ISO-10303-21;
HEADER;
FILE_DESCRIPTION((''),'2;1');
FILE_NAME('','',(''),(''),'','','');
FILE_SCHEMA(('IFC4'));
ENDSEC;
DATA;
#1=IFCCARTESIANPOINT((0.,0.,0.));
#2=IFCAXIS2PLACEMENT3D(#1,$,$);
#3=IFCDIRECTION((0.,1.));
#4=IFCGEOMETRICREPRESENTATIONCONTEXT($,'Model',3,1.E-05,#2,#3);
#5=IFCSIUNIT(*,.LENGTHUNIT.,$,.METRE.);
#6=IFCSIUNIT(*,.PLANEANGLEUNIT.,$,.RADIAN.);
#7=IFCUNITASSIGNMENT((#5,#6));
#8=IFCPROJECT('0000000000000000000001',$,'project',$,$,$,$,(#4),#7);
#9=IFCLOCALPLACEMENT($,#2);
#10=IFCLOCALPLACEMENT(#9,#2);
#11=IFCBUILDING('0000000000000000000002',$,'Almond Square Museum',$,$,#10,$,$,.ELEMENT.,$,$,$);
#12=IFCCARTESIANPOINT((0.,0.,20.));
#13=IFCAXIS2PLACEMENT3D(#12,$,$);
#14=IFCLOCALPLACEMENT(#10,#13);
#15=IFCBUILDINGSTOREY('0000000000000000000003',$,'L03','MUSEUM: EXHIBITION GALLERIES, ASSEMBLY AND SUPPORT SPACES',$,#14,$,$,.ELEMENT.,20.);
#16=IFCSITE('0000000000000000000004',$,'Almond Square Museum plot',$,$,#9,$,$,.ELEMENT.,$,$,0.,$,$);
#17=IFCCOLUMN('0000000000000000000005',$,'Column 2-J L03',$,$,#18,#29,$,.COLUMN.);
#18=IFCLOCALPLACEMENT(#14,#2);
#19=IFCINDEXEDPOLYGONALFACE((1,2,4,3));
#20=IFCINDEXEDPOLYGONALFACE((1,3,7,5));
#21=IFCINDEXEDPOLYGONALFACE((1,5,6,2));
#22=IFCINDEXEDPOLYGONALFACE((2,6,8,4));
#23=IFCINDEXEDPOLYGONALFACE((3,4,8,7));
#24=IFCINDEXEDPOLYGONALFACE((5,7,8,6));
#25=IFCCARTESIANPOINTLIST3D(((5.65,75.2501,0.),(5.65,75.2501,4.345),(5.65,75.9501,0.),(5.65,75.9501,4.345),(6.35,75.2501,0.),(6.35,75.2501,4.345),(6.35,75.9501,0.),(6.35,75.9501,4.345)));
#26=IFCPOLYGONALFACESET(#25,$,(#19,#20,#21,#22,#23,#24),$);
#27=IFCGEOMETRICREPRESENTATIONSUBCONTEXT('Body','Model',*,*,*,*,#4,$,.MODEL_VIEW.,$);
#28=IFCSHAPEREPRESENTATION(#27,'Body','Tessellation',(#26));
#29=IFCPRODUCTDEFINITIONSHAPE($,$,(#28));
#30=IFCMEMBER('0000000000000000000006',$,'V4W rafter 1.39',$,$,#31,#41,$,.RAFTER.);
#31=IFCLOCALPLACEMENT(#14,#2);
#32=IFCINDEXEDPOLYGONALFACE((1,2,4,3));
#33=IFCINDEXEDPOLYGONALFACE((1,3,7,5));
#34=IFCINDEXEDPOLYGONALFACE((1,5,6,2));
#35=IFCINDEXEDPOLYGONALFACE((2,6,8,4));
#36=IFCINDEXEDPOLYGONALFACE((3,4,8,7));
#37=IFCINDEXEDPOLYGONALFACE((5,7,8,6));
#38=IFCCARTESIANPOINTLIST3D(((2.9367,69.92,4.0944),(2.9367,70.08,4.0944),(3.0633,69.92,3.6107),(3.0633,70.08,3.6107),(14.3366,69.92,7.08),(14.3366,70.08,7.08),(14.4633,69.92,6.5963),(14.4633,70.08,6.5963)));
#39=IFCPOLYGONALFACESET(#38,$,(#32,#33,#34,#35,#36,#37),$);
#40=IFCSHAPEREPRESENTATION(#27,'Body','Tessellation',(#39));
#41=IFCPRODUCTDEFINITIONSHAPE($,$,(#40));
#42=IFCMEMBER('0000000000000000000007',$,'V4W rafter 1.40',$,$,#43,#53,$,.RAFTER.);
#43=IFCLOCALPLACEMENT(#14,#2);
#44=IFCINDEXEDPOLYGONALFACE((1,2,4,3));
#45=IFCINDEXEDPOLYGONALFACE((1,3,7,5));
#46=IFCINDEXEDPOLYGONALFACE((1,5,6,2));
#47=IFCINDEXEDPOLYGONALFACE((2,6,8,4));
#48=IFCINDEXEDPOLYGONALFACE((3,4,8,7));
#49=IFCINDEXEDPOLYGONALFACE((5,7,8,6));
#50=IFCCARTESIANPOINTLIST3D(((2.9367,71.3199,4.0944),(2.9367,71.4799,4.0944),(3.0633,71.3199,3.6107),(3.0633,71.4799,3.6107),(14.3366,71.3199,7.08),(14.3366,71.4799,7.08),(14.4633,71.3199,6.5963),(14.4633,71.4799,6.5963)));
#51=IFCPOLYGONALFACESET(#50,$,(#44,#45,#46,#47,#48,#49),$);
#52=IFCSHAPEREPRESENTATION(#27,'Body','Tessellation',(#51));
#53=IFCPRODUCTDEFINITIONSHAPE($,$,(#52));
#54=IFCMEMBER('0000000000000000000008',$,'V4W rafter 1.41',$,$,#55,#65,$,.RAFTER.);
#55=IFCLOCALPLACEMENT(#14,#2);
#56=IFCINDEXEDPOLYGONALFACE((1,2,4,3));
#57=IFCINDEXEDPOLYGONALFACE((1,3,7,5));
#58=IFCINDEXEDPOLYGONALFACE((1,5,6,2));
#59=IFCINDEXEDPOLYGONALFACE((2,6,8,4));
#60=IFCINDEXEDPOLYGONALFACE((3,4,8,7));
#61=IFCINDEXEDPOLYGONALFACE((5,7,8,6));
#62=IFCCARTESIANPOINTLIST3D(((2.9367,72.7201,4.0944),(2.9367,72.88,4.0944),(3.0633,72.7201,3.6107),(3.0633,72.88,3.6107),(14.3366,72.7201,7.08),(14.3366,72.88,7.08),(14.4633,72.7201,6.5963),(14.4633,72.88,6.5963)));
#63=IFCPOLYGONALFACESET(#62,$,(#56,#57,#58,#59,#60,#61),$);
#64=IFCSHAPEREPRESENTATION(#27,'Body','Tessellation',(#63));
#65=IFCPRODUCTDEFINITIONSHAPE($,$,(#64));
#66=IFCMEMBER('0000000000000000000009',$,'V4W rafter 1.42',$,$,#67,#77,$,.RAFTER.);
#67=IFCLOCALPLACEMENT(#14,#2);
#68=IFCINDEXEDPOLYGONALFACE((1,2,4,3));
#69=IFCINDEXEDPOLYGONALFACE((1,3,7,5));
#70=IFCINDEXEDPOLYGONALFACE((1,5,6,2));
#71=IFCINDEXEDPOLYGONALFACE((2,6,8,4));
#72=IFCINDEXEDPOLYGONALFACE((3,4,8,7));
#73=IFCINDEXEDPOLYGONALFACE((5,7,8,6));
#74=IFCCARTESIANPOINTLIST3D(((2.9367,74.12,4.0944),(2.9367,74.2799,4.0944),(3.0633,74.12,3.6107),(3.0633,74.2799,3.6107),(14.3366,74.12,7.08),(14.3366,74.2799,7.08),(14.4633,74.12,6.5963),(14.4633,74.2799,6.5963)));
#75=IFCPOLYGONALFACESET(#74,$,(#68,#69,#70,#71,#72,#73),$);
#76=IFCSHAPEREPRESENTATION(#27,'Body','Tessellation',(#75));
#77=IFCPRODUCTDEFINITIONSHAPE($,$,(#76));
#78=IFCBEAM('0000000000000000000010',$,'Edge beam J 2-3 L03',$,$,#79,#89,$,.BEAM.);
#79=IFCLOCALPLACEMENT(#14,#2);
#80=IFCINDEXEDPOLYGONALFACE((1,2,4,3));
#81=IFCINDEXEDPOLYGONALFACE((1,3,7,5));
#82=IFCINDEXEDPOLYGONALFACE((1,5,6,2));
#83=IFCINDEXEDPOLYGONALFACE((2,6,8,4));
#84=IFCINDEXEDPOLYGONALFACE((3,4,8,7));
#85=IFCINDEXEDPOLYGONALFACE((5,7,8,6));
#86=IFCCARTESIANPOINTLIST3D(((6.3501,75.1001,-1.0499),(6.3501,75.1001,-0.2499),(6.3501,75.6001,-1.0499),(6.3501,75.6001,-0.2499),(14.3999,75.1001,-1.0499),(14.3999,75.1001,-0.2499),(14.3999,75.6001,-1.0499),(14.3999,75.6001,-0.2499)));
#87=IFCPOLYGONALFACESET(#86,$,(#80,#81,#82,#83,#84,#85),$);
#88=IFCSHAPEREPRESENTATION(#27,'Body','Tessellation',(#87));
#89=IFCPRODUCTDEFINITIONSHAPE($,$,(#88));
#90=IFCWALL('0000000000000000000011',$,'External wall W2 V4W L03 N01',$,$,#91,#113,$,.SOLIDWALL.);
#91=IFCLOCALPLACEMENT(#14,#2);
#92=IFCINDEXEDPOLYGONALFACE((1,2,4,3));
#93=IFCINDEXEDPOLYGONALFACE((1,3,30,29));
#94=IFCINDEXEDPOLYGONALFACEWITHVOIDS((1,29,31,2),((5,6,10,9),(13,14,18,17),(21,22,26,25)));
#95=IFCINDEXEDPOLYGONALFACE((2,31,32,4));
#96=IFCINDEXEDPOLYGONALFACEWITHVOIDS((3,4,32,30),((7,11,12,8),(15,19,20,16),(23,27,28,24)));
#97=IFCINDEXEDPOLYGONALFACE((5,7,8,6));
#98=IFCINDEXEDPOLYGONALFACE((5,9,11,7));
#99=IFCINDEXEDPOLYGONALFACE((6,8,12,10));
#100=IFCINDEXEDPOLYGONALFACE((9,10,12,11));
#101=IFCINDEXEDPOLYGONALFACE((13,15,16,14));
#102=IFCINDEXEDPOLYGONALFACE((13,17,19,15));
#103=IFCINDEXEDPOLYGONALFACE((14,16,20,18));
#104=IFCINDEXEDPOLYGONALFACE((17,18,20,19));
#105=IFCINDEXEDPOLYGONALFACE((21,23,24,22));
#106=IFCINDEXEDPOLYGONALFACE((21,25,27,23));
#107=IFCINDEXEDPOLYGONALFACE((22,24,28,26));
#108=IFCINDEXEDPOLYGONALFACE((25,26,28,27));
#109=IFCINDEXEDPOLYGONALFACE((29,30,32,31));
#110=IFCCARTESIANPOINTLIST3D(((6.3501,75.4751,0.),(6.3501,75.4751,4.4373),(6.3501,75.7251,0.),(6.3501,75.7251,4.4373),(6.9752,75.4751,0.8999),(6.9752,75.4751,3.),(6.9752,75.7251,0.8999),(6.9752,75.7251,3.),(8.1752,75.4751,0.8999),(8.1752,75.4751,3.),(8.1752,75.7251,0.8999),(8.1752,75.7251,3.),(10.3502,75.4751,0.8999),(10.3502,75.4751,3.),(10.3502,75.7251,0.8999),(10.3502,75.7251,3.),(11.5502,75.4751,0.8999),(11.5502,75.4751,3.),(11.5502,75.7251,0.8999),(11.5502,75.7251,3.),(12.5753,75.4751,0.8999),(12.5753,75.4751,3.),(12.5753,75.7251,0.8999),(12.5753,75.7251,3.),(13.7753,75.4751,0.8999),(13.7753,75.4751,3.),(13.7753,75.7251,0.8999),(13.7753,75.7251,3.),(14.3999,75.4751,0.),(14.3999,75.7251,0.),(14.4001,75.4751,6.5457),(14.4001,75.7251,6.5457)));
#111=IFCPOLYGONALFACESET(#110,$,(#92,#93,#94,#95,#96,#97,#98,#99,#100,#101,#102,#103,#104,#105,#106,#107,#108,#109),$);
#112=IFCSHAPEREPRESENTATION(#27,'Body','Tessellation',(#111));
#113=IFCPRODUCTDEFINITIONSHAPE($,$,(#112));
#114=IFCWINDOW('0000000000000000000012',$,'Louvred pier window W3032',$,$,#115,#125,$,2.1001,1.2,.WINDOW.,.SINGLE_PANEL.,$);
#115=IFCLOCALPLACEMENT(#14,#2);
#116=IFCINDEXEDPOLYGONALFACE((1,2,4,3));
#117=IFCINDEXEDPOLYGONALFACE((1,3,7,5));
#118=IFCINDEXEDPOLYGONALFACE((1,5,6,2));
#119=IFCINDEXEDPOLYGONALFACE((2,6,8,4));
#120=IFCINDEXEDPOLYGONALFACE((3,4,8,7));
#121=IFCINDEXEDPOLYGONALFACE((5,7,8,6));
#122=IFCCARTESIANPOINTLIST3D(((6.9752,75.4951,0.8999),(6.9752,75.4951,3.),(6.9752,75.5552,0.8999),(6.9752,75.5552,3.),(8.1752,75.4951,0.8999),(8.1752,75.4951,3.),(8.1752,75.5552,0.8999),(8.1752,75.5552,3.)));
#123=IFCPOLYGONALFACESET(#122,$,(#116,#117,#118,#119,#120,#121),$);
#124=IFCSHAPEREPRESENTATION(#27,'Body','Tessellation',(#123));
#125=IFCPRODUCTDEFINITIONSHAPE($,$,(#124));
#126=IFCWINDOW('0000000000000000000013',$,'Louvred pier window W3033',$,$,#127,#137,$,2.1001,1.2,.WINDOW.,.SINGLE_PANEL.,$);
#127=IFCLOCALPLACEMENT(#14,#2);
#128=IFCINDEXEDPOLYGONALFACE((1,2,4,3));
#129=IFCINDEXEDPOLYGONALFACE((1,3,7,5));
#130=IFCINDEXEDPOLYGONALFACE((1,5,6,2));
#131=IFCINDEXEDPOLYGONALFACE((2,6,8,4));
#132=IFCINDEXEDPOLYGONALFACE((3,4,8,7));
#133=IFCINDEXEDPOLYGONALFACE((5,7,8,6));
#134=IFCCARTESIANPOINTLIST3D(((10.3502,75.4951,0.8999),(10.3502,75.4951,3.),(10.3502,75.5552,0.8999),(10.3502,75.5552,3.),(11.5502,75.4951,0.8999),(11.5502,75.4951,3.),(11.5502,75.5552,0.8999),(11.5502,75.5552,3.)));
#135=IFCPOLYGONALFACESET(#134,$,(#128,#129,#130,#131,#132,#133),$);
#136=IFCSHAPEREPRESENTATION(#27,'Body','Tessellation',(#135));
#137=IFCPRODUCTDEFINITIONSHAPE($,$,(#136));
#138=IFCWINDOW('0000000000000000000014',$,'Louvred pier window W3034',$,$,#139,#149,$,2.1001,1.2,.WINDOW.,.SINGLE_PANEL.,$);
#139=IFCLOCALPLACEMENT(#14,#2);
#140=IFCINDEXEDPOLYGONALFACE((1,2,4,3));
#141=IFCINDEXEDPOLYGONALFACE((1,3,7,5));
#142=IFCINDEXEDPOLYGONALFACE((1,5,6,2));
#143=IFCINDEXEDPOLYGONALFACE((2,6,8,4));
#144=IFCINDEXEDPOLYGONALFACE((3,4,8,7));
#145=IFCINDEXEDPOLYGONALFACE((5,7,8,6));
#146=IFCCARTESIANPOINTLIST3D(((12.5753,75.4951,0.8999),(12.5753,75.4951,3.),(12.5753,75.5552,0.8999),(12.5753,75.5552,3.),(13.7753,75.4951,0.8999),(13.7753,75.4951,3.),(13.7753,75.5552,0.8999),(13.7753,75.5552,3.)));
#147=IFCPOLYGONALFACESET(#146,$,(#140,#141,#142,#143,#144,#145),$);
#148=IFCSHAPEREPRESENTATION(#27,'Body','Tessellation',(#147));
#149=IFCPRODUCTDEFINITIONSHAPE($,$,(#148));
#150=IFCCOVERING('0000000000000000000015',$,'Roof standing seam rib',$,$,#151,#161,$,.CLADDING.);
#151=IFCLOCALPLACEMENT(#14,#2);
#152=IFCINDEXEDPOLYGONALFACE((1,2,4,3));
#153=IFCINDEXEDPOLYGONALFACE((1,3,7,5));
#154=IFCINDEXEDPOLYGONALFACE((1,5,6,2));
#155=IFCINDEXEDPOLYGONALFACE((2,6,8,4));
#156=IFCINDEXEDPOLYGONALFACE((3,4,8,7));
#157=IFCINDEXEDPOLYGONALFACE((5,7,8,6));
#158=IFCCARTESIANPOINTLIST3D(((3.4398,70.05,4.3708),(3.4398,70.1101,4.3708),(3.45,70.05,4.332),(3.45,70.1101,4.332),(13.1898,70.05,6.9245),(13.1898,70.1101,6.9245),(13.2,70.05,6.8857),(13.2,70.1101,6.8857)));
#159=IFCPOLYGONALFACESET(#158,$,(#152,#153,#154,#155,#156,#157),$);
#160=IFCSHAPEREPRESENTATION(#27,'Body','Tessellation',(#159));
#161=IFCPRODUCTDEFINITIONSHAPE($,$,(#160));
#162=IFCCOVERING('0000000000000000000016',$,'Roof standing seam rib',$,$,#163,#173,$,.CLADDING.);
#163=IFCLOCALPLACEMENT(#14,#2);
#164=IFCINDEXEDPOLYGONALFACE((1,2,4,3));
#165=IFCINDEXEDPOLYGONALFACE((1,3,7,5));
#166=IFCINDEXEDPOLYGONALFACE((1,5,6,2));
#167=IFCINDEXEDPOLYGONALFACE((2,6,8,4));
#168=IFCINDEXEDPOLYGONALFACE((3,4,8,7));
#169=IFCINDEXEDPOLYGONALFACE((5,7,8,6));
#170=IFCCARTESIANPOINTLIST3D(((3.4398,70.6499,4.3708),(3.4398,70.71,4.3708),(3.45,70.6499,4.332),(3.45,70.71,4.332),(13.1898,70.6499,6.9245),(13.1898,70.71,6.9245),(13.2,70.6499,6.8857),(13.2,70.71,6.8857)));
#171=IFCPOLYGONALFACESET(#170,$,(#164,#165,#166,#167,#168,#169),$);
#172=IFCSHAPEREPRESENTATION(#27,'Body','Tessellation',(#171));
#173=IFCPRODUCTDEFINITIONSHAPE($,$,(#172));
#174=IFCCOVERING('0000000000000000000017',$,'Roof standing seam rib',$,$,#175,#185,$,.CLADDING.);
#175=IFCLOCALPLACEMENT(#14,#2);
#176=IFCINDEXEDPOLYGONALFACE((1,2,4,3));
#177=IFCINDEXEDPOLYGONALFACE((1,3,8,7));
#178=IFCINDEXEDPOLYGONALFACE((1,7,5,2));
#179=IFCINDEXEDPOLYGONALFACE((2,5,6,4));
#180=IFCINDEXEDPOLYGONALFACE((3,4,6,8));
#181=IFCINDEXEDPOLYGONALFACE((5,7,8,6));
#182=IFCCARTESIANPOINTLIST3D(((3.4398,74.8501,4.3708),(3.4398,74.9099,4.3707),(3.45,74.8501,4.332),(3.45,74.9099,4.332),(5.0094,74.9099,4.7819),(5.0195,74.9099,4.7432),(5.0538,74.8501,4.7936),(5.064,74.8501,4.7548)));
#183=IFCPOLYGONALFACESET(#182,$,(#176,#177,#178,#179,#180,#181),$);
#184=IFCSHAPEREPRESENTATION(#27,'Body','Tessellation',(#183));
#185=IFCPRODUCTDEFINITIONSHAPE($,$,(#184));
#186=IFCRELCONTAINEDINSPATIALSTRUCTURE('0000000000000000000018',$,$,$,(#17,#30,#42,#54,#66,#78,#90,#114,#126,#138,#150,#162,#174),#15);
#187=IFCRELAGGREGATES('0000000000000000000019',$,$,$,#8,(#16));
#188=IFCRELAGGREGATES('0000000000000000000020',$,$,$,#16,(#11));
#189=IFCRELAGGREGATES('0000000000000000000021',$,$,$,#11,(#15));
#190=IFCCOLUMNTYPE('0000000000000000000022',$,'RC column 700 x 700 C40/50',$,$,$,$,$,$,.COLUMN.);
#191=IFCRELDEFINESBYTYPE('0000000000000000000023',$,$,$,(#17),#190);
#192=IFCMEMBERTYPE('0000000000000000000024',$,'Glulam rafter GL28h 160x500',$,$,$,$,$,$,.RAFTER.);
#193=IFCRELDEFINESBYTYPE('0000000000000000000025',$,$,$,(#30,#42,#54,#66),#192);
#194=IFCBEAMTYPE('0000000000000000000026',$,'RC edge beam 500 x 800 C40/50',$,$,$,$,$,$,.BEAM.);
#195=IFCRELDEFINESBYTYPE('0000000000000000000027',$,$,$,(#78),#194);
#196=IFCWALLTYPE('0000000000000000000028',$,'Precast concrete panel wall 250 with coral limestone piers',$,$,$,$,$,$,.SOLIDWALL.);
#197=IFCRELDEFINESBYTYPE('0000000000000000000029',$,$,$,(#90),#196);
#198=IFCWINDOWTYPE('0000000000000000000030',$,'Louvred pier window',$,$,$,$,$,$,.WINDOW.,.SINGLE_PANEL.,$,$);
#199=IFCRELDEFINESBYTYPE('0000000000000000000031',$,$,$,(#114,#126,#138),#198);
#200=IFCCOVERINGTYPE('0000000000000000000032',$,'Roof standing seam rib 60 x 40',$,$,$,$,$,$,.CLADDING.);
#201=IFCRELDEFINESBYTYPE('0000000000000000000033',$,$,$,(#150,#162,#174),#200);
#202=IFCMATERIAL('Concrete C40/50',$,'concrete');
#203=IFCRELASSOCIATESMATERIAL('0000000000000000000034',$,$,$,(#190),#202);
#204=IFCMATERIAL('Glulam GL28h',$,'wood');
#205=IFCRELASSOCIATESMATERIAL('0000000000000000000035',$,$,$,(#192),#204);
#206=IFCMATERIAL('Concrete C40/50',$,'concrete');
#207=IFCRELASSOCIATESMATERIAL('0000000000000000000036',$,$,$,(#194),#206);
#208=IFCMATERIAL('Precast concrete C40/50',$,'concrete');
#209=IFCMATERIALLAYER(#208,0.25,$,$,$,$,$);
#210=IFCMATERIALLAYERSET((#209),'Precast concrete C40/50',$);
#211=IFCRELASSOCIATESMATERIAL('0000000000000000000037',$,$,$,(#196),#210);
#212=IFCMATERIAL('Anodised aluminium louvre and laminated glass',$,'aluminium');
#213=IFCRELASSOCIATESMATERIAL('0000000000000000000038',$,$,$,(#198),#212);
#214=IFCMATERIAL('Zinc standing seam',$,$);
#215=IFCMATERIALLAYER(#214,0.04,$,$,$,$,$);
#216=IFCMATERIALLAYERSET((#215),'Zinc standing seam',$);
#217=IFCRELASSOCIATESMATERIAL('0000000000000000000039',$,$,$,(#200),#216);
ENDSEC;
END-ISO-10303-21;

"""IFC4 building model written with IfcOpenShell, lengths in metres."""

from ifc_helpers import new_model, si_unit, direction, frame, frame_2d, origin, origin_2d, place, context, subcontext, project, spatial, polyline, rectangle, outline, extrude, material, layer, layer_set, material_profile, profile_set, type_object, element, fill, save


model = new_model("IFC4")

# Units and contexts
model_context = context("Model", 3, precision=1e-05, world=origin(), true_north=direction((0.0, 1.0)))
body_context = subcontext(model_context, "Body", "Model", "MODEL_VIEW")
ifc_project = project(units=[si_unit("LENGTHUNIT", "METRE"), si_unit("PLANEANGLEUNIT", "RADIAN")], contexts=[model_context])

# Site, building, storey
site_placement = place(None, origin())
site = spatial("IfcSite", under=ifc_project, at=site_placement, Name="Almond Square Museum plot", CompositionType="ELEMENT", RefElevation=0.0)
building_placement = place(site_placement, origin())
building = spatial("IfcBuilding", under=site, at=building_placement, Name="Almond Square Museum", CompositionType="ELEMENT")
storey_placement = place(building_placement, frame((0.0, 0.0, 20.0)))
storey = spatial("IfcBuildingStorey", under=building, at=storey_placement, Name="L03", Description="MUSEUM: EXHIBITION GALLERIES, ASSEMBLY AND SUPPORT SPACES", CompositionType="ELEMENT", Elevation=20.0)

# Column
ifc_material_1 = material(Name="Concrete C40/50", Category="concrete")
ifc_material_profile_1 = material_profile(ifc_material_1, rectangle(XDim=0.7, YDim=0.7, at=origin_2d()))
ifc_profile_set_1 = profile_set([ifc_material_profile_1], Name="Concrete C40/50")
column_type = type_object("IfcColumnType", Name="RC column 700 x 700 C40/50", PredefinedType="COLUMN", material=ifc_profile_set_1)
column_placement = place(storey_placement, frame((6.0, 75.6001, 0.0), z_axis=(0.0, 0.0, 1.0), x_axis=(1.0, 0.0, 0.0)))
element("IfcColumn", 1, at=column_placement, inside=storey, type_object=column_type, Name="Column 2-J L03", PredefinedType="COLUMN", context=body_context, shape_type="SweptSolid", body=[
    extrude(rectangle(XDim=0.7, YDim=0.7, at=origin_2d()), origin(), (0.0, 0.0, 1.0), 4.345),
])

# Members
ifc_material_2 = material(Name="Glulam GL28h", Category="wood")
ifc_material_profile_2 = material_profile(ifc_material_2, rectangle(XDim=0.1599, YDim=0.5, at=origin_2d()))
ifc_profile_set_2 = profile_set([ifc_material_profile_2], Name="Glulam GL28h")
member_type = type_object("IfcMemberType", Name="Glulam rafter GL28h 160x500", PredefinedType="RAFTER", material=ifc_profile_set_2)
for number, where, z_axis, x_axis, name in (
    (2, (3.0, 70.0, 3.8525), (0.967374, 0.0, 0.253352), (0.0, 1.0, 0.0), "V4W rafter 1.39"),
    (3, (3.0, 71.3999, 3.8525), (0.967374, 0.0, 0.253352), (0.0, 1.0, 0.0), "V4W rafter 1.40"),
    (4, (3.0, 72.8, 3.8525), (0.967374, 0.0, 0.253352), (0.0, 1.0, 0.0), "V4W rafter 1.41"),
    (5, (3.0, 74.2, 3.8525), (0.967374, 0.0, 0.253352), (0.0, 1.0, 0.0), "V4W rafter 1.42"),
):
    element("IfcMember", number, at=place(storey_placement, frame(where, z_axis=z_axis, x_axis=x_axis)), inside=storey, type_object=member_type, Name=name, PredefinedType="RAFTER", context=body_context, shape_type="SweptSolid", body=[
        extrude(rectangle(XDim=0.1599, YDim=0.5, at=origin_2d()), origin(), (0.0, 0.0, 1.0), 11.7844),
    ])

# Beam
ifc_material_3 = material(Name="Concrete C40/50", Category="concrete")
ifc_material_profile_3 = material_profile(ifc_material_3, rectangle(XDim=0.5, YDim=0.8, at=origin_2d()))
ifc_profile_set_3 = profile_set([ifc_material_profile_3], Name="Concrete C40/50")
beam_type = type_object("IfcBeamType", Name="RC edge beam 500 x 800 C40/50", PredefinedType="BEAM", material=ifc_profile_set_3)
beam_placement = place(storey_placement, frame((6.3501, 75.3501, -0.6499), z_axis=(1.0, 0.0, 0.0), x_axis=(0.0, 1.0, 0.0)))
element("IfcBeam", 6, at=beam_placement, inside=storey, type_object=beam_type, Name="Edge beam J 2-3 L03", PredefinedType="BEAM", context=body_context, shape_type="SweptSolid", body=[
    extrude(rectangle(XDim=0.5, YDim=0.8, at=origin_2d()), origin(), (0.0, 0.0, 1.0), 8.0498),
])

# Wall, openings, windows
ifc_material_4 = material(Name="Precast concrete C40/50", Category="concrete")
ifc_layer_1 = layer(ifc_material_4, 0.25)
ifc_layer_set_1 = layer_set([ifc_layer_1], Name="Precast concrete C40/50")
wall_type = type_object("IfcWallType", Name="Precast concrete panel wall 250 with coral limestone piers", PredefinedType="SOLIDWALL", material=ifc_layer_set_1)
wall_placement = place(storey_placement, frame((6.3501, 75.6001, 0.0), z_axis=(0.0, 0.0, 1.0), x_axis=(1.0, 0.0, 0.0)))
wall = element("IfcWall", 7, at=wall_placement, inside=storey, type_object=wall_type, Name="External wall W2 V4W L03 N01", PredefinedType="SOLIDWALL", context=body_context, shape_type="SweptSolid", body=[
    extrude(outline(polyline([(0.0, 0.0), (8.0498, 0.0), (8.05, 6.5457), (0.0, 4.4373), (0.0, 0.0)])), frame((0.0, 0.125, 0.0), z_axis=(0.0, -1.0, 0.0), x_axis=(1.0, 0.0, 0.0)), (0.0, 0.0, 1.0), 0.25),
])
opening_1_placement = place(wall_placement, frame((0.625, 0.0, 0.8999)))
opening_1 = element("IfcOpeningElement", 8, at=opening_1_placement, cuts=wall, PredefinedType="OPENING", context=body_context, shape_type="SweptSolid", body=[
    extrude(rectangle(XDim=1.2, YDim=2.1001, at=frame_2d((0.6001, 1.05))), frame((0.0, 0.135, 0.0), z_axis=(0.0, -1.0, 0.0), x_axis=(1.0, 0.0, 0.0)), (0.0, 0.0, 1.0), 0.27),
])
opening_2_placement = place(wall_placement, frame((4.0, 0.0, 0.8999)))
opening_2 = element("IfcOpeningElement", 9, at=opening_2_placement, cuts=wall, PredefinedType="OPENING", context=body_context, shape_type="SweptSolid", body=[
    extrude(rectangle(XDim=1.2, YDim=2.1001, at=frame_2d((0.6001, 1.05))), frame((0.0, 0.135, 0.0), z_axis=(0.0, -1.0, 0.0), x_axis=(1.0, 0.0, 0.0)), (0.0, 0.0, 1.0), 0.27),
])
opening_3_placement = place(wall_placement, frame((6.2251, 0.0, 0.8999)))
opening_3 = element("IfcOpeningElement", 10, at=opening_3_placement, cuts=wall, PredefinedType="OPENING", context=body_context, shape_type="SweptSolid", body=[
    extrude(rectangle(XDim=1.2, YDim=2.1001, at=frame_2d((0.6001, 1.05))), frame((0.0, 0.135, 0.0), z_axis=(0.0, -1.0, 0.0), x_axis=(1.0, 0.0, 0.0)), (0.0, 0.0, 1.0), 0.27),
])
ifc_material_5 = material(Name="Anodised aluminium louvre and laminated glass", Category="aluminium")
window_type = type_object("IfcWindowType", Name="Louvred pier window", PartitioningType="SINGLE_PANEL", PredefinedType="WINDOW", material=ifc_material_5)
window_1_placement = place(opening_1_placement, origin())
window_1 = element("IfcWindow", 11, at=window_1_placement, inside=storey, type_object=window_type, Name="Louvred pier window W3032", OverallHeight=2.1001, OverallWidth=1.2, PartitioningType="SINGLE_PANEL", PredefinedType="WINDOW", context=body_context, shape_type="SweptSolid", body=[
    extrude(rectangle(XDim=1.2, YDim=2.1001, at=frame_2d((0.6001, 1.05))), frame((0.0, -0.0449, 0.0), z_axis=(0.0, -1.0, 0.0), x_axis=(1.0, 0.0, 0.0)), (0.0, 0.0, 1.0), 0.0601),
])
fill(opening_1, window_1)
window_2_placement = place(opening_2_placement, origin())
window_2 = element("IfcWindow", 12, at=window_2_placement, inside=storey, type_object=window_type, Name="Louvred pier window W3033", OverallHeight=2.1001, OverallWidth=1.2, PartitioningType="SINGLE_PANEL", PredefinedType="WINDOW", context=body_context, shape_type="SweptSolid", body=[
    extrude(rectangle(XDim=1.2, YDim=2.1001, at=frame_2d((0.6001, 1.05))), frame((0.0, -0.0449, 0.0), z_axis=(0.0, -1.0, 0.0), x_axis=(1.0, 0.0, 0.0)), (0.0, 0.0, 1.0), 0.0601),
])
fill(opening_2, window_2)
window_3_placement = place(opening_3_placement, origin())
window_3 = element("IfcWindow", 13, at=window_3_placement, inside=storey, type_object=window_type, Name="Louvred pier window W3034", OverallHeight=2.1001, OverallWidth=1.2, PartitioningType="SINGLE_PANEL", PredefinedType="WINDOW", context=body_context, shape_type="SweptSolid", body=[
    extrude(rectangle(XDim=1.2, YDim=2.1001, at=frame_2d((0.6001, 1.05))), frame((0.0, -0.0449, 0.0), z_axis=(0.0, -1.0, 0.0), x_axis=(1.0, 0.0, 0.0)), (0.0, 0.0, 1.0), 0.0601),
])
fill(opening_3, window_3)

# Coverings
ifc_material_6 = material(Name="Zinc standing seam")
ifc_layer_2 = layer(ifc_material_6, 0.04)
ifc_layer_set_2 = layer_set([ifc_layer_2], Name="Zinc standing seam")
covering_type = type_object("IfcCoveringType", Name="Roof standing seam rib 60 x 40", PredefinedType="CLADDING", material=ifc_layer_set_2)
for number, where, z_axis, x_axis, name in (
    (14, (13.2, 70.05, 6.8857), (-0.253372, 0.0, 0.967369), (0.0, 1.0, 0.0), "Roof standing seam rib"),
    (15, (13.2, 70.6499, 6.8857), (-0.253372, 0.0, 0.967369), (0.0, 1.0, 0.0), "Roof standing seam rib"),
):
    element("IfcCovering", number, at=place(storey_placement, frame(where, z_axis=z_axis, x_axis=x_axis)), inside=storey, type_object=covering_type, Name=name, PredefinedType="CLADDING", context=body_context, shape_type="SweptSolid", body=[
        extrude(outline(polyline([(0.0, 0.0), (0.0601, 0.0), (0.0601, 10.0789), (0.0, 10.0789), (0.0, 0.0)])), origin(), (0.0, 0.0, 1.0), 0.04),
    ])
covering_placement = place(storey_placement, frame((5.0195, 74.9099, 4.7432), z_axis=(-0.253412, 0.000637, 0.967358), x_axis=(-0.967358, 0.0, -0.253412)))
element("IfcCovering", 16, at=covering_placement, inside=storey, type_object=covering_type, Name="Roof standing seam rib", PredefinedType="CLADDING", context=body_context, shape_type="SweptSolid", body=[
    extrude(outline(polyline([(0.0, 0.0), (1.6225, 0.0), (1.6225, 0.0598), (-0.046, 0.0598), (0.0, 0.0)])), origin(), (0.0, 0.0, 1.0), 0.04),
])

save(model, "model.ifc")
